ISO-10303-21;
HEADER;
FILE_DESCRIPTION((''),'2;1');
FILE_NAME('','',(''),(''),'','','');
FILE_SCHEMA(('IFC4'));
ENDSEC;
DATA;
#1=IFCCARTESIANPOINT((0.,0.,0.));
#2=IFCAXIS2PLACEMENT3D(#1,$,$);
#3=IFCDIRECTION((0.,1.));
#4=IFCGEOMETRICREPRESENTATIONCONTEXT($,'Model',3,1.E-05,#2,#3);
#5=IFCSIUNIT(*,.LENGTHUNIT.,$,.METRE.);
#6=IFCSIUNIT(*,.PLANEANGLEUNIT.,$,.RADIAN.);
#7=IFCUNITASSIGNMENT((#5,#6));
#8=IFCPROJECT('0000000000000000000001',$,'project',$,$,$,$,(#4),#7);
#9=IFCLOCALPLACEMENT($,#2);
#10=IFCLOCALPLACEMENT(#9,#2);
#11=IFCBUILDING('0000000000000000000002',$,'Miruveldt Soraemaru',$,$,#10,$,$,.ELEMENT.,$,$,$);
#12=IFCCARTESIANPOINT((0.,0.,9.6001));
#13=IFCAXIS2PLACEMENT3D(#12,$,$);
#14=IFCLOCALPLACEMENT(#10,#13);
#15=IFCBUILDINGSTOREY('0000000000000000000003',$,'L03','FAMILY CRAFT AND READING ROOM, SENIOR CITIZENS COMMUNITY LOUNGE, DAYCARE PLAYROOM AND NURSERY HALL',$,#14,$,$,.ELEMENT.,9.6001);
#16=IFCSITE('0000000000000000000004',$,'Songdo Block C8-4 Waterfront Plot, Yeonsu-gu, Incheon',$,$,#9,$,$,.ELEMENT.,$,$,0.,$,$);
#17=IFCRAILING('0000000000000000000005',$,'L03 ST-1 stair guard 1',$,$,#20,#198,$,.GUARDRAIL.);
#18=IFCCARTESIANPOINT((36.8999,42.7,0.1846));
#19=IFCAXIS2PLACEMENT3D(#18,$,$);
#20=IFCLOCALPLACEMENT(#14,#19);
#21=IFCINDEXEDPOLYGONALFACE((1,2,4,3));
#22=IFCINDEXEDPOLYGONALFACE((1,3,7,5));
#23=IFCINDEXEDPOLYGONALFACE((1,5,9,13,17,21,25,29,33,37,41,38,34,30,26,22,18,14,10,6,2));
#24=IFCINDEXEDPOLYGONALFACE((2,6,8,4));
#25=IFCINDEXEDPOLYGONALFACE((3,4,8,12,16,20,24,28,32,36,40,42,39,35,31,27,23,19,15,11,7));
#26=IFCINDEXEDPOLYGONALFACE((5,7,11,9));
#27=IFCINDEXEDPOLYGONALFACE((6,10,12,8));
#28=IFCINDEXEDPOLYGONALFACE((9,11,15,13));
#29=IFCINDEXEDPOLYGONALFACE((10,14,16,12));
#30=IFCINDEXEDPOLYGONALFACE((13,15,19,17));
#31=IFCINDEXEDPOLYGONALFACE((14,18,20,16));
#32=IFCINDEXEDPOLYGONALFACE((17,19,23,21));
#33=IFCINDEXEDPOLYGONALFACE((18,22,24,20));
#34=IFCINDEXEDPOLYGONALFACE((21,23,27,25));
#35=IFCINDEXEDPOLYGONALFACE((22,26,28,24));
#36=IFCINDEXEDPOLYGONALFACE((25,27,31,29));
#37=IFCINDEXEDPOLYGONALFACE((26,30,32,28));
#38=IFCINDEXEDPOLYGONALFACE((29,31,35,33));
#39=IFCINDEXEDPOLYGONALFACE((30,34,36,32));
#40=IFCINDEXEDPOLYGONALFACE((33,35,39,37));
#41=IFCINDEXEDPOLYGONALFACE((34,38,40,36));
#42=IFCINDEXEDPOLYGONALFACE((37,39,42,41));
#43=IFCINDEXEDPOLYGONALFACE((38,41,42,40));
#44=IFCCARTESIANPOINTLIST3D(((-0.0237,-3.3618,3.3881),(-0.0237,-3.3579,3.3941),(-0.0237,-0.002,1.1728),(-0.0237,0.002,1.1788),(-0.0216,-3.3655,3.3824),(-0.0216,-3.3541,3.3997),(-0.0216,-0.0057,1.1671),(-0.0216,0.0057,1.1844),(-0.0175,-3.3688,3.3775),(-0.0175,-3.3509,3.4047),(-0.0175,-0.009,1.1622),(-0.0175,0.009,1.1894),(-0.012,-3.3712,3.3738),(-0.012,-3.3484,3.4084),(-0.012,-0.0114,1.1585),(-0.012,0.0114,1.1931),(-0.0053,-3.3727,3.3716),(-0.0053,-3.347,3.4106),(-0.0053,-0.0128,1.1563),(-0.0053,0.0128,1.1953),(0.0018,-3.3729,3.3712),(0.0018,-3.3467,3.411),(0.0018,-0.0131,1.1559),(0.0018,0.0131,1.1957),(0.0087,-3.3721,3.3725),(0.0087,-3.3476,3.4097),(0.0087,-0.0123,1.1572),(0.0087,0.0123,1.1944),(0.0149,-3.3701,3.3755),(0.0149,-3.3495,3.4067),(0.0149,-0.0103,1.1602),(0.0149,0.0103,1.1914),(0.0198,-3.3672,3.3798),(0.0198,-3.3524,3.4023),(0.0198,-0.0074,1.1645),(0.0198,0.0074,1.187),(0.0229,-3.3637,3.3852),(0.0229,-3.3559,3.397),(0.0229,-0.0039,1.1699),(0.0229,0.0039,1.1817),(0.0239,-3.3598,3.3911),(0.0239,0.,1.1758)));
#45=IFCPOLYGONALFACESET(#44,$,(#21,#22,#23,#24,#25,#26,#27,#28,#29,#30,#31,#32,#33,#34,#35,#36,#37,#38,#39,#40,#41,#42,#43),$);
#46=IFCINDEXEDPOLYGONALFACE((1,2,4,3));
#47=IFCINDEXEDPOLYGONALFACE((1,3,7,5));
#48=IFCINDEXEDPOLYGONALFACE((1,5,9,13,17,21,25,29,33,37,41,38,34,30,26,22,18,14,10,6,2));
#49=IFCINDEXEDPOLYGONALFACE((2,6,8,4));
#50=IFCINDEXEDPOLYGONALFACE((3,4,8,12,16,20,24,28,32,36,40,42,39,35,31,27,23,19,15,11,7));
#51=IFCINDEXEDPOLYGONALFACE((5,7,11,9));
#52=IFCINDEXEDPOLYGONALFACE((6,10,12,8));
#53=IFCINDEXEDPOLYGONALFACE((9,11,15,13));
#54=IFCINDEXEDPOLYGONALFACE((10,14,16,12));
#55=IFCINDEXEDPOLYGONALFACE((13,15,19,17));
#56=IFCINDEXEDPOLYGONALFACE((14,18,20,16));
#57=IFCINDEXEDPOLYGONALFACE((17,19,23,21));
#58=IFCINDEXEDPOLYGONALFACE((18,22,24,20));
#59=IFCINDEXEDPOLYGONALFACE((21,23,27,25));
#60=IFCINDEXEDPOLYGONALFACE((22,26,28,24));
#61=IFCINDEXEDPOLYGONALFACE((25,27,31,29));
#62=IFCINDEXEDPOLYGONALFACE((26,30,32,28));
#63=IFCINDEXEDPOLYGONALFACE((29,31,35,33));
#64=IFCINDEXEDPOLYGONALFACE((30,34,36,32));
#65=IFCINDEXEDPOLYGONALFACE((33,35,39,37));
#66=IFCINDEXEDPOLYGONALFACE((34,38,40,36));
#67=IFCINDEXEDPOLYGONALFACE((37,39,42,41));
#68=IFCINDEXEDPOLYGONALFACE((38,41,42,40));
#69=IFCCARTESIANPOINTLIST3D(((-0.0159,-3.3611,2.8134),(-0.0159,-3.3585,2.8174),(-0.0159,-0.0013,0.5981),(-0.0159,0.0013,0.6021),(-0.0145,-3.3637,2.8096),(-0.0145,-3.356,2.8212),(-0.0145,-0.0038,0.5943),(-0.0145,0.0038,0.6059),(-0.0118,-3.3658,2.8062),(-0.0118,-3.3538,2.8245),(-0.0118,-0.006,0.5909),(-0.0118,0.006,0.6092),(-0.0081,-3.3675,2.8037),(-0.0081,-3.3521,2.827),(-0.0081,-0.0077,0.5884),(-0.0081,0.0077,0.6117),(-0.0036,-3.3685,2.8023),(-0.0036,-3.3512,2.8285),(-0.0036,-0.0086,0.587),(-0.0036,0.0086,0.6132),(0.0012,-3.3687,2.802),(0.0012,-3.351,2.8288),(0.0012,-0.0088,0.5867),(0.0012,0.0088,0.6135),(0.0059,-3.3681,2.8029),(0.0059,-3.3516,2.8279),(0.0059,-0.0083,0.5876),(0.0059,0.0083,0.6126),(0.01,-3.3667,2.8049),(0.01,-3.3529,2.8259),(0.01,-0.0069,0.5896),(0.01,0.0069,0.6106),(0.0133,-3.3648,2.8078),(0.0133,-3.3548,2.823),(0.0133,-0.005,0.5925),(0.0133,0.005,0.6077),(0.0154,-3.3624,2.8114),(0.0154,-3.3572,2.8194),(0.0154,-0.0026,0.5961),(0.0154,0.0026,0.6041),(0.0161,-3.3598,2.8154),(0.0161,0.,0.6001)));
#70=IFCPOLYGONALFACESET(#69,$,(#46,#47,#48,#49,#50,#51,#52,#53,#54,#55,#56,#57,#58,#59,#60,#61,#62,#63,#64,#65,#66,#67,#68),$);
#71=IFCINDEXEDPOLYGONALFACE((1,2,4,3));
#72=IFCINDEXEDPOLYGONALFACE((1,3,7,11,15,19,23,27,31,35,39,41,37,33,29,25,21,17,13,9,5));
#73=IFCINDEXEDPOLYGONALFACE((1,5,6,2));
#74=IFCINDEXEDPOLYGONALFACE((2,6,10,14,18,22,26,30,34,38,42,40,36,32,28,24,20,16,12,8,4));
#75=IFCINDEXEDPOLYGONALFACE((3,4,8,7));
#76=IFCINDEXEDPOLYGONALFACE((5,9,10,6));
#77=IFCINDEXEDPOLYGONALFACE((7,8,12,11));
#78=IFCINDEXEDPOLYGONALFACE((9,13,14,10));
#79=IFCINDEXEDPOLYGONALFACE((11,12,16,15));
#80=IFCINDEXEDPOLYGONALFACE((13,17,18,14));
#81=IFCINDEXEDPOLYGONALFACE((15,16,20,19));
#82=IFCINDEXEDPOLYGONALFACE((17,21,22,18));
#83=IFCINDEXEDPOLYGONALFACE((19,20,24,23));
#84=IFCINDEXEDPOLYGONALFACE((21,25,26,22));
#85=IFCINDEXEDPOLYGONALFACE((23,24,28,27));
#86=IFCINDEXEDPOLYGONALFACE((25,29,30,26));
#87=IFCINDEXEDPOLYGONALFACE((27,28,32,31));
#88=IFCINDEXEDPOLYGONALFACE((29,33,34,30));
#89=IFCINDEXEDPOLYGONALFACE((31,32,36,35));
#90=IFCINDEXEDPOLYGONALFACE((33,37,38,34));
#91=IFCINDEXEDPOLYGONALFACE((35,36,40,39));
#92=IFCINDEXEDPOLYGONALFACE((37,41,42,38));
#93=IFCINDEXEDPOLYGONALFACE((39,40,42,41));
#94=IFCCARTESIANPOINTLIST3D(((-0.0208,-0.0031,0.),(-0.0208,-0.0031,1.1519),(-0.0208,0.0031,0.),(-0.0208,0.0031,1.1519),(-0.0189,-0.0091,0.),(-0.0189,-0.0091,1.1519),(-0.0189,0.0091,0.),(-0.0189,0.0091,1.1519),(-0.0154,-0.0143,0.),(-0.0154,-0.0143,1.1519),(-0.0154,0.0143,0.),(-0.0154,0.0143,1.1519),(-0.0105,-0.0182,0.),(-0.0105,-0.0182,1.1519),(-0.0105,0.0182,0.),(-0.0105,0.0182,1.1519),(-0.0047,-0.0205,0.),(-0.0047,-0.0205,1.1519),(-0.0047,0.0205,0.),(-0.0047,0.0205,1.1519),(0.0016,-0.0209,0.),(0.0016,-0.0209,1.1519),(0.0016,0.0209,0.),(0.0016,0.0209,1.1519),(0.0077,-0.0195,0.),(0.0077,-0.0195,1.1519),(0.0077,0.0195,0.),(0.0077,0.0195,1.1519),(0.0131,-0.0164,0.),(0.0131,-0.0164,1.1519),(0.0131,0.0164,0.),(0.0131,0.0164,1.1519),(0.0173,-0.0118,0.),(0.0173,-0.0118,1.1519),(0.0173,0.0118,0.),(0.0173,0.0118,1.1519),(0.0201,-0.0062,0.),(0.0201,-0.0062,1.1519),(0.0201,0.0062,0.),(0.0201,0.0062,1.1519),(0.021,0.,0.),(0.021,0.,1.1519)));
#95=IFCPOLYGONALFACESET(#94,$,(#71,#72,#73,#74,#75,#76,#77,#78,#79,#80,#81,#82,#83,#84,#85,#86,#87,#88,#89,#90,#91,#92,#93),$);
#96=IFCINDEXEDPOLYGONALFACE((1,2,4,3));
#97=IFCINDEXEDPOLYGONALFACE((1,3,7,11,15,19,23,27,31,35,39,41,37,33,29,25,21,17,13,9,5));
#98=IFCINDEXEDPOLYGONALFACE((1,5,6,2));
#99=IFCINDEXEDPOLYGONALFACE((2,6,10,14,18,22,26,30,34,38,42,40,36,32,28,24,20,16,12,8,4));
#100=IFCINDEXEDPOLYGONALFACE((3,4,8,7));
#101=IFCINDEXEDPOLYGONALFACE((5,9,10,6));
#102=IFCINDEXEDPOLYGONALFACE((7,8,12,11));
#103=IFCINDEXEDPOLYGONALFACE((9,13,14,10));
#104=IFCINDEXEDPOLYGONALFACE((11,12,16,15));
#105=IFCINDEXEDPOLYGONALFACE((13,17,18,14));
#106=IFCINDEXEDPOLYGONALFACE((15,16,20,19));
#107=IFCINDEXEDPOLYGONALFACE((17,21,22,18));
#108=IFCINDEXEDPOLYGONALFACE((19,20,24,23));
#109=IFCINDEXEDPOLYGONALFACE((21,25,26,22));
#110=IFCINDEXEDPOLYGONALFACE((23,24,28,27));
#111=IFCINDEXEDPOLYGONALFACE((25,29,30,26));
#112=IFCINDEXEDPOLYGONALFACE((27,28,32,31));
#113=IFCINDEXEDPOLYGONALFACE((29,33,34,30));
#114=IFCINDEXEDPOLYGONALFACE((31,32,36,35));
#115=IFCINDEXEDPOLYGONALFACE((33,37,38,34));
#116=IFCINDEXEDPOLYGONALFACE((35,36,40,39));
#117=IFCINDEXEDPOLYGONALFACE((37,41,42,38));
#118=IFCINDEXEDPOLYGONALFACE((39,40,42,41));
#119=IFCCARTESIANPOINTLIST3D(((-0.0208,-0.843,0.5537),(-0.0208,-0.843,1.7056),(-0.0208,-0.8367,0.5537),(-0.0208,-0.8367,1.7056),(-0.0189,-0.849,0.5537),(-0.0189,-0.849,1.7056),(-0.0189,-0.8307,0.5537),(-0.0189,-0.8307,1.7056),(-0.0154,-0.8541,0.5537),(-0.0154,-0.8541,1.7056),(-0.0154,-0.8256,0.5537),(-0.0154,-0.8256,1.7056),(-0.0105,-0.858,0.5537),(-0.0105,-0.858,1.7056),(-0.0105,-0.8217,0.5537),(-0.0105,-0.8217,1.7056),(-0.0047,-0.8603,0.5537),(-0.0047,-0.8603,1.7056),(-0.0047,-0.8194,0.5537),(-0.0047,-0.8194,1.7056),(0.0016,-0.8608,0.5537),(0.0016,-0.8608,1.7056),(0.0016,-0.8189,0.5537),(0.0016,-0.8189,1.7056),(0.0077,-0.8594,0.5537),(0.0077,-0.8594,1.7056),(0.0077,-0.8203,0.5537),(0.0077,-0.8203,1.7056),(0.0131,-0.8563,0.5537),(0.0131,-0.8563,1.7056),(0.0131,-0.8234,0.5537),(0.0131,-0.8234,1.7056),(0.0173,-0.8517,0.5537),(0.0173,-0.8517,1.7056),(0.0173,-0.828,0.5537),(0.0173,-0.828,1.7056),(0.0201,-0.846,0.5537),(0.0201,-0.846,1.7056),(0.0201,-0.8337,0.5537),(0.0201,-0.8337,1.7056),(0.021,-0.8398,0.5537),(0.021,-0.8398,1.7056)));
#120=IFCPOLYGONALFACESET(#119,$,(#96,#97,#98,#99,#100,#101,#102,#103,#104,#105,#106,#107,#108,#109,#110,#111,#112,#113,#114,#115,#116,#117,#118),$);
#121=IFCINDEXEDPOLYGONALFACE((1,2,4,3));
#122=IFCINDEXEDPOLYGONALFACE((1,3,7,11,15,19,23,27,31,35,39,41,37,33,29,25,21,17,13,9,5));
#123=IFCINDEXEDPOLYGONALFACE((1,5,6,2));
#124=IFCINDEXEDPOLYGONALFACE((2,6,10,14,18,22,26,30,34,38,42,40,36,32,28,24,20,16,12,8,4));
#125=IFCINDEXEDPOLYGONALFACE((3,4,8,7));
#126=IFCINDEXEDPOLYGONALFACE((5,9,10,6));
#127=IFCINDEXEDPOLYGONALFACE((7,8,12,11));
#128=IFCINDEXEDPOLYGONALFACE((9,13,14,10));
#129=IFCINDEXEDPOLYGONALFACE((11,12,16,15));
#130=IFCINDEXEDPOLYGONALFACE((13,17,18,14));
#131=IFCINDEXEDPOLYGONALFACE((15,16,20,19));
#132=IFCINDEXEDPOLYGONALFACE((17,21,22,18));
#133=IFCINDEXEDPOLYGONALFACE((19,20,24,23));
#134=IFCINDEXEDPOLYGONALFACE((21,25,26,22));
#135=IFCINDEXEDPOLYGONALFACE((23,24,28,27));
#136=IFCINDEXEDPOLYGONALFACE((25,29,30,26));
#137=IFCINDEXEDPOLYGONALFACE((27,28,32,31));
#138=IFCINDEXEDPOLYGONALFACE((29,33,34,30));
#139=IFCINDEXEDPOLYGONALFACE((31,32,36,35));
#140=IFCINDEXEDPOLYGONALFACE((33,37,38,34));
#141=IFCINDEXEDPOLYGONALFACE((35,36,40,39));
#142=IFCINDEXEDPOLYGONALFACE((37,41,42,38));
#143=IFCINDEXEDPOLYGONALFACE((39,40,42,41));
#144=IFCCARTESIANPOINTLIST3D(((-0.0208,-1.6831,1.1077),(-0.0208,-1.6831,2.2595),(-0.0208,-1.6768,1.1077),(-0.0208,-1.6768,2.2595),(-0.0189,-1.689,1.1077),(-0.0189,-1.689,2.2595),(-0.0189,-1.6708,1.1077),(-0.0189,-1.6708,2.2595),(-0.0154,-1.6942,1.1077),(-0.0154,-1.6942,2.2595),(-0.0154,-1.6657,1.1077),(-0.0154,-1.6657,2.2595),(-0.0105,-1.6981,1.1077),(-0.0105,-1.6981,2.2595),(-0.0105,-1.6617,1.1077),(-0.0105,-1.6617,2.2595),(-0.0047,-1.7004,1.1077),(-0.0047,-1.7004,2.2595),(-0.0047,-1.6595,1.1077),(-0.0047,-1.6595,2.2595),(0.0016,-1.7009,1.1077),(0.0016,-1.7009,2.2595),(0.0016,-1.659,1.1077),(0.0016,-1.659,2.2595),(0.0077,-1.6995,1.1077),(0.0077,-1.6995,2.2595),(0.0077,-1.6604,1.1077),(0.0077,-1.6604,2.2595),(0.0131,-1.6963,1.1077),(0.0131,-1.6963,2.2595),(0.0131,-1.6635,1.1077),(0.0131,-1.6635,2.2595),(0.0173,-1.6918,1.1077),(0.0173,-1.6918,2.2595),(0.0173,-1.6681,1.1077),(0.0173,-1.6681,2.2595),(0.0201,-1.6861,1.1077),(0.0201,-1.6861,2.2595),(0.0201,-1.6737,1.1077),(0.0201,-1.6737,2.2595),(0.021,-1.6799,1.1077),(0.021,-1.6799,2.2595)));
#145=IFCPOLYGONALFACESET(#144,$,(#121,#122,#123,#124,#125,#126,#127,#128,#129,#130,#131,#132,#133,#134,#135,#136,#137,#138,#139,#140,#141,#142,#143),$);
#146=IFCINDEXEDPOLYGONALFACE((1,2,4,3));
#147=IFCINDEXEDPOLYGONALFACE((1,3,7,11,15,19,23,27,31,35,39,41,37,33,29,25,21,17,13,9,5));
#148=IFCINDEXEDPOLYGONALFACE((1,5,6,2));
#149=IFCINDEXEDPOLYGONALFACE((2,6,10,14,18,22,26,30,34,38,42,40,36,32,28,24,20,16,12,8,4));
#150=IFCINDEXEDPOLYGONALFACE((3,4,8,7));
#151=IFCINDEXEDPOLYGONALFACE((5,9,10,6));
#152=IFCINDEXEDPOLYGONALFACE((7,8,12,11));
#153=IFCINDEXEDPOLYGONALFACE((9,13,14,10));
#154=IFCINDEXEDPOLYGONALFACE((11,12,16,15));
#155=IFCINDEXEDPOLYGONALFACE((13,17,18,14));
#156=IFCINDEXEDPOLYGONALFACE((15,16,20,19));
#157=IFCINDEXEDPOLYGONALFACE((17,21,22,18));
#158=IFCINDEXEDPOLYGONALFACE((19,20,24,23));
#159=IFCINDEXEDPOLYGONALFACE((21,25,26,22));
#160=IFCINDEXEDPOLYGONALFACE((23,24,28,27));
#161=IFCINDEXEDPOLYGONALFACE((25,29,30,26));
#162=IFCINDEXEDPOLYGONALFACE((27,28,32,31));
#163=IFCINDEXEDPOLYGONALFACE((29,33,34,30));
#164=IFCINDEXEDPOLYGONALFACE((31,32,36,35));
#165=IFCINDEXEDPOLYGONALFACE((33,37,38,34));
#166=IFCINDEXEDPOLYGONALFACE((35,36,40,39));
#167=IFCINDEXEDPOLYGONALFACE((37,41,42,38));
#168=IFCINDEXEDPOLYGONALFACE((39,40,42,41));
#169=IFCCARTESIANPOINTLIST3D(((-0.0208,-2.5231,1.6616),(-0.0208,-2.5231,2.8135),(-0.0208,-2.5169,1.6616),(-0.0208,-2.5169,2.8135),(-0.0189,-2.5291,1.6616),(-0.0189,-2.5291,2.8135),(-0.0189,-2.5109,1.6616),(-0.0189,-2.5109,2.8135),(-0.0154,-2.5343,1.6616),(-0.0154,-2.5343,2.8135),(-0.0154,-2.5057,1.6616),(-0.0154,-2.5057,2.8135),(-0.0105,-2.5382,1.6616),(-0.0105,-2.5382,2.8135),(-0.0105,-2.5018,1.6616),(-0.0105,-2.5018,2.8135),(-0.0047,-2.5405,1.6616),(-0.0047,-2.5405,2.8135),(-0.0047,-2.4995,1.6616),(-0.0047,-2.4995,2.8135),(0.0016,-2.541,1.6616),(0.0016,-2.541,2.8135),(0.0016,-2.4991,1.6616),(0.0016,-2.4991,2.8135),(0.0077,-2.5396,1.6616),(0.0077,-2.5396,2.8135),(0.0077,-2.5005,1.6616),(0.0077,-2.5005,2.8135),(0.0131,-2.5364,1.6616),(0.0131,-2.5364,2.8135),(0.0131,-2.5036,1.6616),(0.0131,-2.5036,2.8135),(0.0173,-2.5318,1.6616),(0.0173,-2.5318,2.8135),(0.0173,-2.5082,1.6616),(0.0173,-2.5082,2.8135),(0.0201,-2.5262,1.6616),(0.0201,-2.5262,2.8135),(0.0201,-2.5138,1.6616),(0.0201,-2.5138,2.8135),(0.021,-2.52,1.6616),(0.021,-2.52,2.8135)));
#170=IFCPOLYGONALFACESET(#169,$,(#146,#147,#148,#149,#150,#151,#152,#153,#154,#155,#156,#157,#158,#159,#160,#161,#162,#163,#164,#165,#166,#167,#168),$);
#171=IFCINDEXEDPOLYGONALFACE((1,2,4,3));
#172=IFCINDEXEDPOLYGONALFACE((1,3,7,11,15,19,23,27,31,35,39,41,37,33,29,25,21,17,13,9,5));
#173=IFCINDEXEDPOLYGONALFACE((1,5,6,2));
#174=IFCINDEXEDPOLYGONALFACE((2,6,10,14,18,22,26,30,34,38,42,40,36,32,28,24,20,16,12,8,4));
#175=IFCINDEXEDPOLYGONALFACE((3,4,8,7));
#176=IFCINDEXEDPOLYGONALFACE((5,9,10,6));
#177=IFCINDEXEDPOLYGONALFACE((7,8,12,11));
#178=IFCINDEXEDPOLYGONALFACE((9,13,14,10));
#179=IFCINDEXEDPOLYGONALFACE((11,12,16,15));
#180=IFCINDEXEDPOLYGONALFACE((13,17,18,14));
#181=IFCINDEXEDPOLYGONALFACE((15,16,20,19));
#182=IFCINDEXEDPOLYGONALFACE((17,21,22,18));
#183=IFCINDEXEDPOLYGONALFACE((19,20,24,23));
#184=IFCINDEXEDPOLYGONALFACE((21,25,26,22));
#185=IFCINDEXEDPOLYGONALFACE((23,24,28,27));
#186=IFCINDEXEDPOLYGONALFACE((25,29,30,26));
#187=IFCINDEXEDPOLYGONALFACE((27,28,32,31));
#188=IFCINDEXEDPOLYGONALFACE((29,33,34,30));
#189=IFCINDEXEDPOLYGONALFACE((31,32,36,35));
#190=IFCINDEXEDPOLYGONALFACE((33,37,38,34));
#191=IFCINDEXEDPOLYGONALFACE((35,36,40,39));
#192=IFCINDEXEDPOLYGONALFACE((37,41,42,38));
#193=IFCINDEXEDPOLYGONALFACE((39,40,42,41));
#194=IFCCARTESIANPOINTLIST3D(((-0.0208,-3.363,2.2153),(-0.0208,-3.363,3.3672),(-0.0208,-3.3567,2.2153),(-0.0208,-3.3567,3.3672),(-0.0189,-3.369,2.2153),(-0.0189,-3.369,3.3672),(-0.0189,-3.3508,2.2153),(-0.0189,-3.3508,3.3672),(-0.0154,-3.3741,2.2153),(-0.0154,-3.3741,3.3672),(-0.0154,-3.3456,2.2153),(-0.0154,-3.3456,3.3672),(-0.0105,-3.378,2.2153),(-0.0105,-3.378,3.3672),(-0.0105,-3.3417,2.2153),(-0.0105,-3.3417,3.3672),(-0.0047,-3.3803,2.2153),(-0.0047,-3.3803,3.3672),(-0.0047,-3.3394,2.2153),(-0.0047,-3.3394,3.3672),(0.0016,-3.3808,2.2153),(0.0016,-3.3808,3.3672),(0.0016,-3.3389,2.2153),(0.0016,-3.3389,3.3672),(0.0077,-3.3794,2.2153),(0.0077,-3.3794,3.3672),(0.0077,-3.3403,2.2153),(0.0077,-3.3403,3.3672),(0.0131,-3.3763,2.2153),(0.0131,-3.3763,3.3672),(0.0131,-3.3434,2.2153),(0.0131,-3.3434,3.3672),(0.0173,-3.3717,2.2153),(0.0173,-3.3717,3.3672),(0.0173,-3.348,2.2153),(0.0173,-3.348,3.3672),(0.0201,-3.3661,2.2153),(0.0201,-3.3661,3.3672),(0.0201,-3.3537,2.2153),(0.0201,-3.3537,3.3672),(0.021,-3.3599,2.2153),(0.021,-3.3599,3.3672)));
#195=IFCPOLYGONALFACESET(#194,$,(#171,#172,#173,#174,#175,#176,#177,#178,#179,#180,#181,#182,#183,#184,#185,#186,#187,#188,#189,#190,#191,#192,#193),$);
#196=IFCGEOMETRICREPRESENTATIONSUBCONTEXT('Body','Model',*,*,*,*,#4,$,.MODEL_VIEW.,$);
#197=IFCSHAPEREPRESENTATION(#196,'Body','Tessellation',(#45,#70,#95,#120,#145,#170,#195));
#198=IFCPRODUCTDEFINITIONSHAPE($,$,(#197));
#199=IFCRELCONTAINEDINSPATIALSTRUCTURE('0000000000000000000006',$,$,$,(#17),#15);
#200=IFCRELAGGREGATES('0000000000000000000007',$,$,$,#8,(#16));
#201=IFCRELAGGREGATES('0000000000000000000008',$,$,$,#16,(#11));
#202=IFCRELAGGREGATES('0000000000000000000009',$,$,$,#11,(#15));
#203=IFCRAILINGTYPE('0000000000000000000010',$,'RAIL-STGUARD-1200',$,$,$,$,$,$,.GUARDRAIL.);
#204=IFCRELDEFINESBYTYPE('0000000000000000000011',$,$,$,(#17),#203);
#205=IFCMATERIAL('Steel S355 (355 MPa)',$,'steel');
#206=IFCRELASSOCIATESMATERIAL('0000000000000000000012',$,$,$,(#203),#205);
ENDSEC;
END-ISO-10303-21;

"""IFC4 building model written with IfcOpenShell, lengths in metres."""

from ifc_helpers import new_model, si_unit, direction, frame, origin, origin_2d, place, context, subcontext, project, spatial, circle, extrude, material, type_object, element, save


model = new_model("IFC4")

# Units and contexts
model_context = context("Model", 3, precision=1e-05, world=origin(), true_north=direction((0.0, 1.0)))
body_context = subcontext(model_context, "Body", "Model", "MODEL_VIEW")
ifc_project = project(units=[si_unit("LENGTHUNIT", "METRE"), si_unit("PLANEANGLEUNIT", "RADIAN")], contexts=[model_context])

# Site, building, storey
site_placement = place(None, origin())
site = spatial("IfcSite", under=ifc_project, at=site_placement, Name="Songdo Block C8-4 Waterfront Plot, Yeonsu-gu, Incheon", CompositionType="ELEMENT", RefElevation=0.0)
building_placement = place(site_placement, origin())
building = spatial("IfcBuilding", under=site, at=building_placement, Name="Miruveldt Soraemaru", CompositionType="ELEMENT")
storey_placement = place(building_placement, frame((0.0, 0.0, 9.6001)))
storey = spatial("IfcBuildingStorey", under=building, at=storey_placement, Name="L03", Description="FAMILY CRAFT AND READING ROOM, SENIOR CITIZENS COMMUNITY LOUNGE, DAYCARE PLAYROOM AND NURSERY HALL", CompositionType="ELEMENT", Elevation=9.6001)

# Railing
ifc_material_1 = material(Name="Steel S355 (355 MPa)", Category="steel")
railing_type_1 = type_object("IfcRailingType", Name="RAIL-STGUARD-1200", PredefinedType="GUARDRAIL", material=ifc_material_1)
railing_1_placement = place(storey_placement, frame((36.8999, 42.7, 0.1846)))
element("IfcRailing", 1, at=railing_1_placement, inside=storey, type_object=railing_type_1, Name="L03 ST-1 stair guard 1", PredefinedType="GUARDRAIL", context=body_context, shape_type="SweptSolid", body=[
    extrude(circle(Radius=0.0239, at=origin_2d()), frame((0.0, 0.0, 1.1758), z_axis=(0.0, -0.834858, 0.550465), x_axis=(1.0, 0.0, 0.0)), (0.0, 0.0, 1.0), 4.0244),
    extrude(circle(Radius=0.0161, at=origin_2d()), frame((0.0, 0.0, 0.6001), z_axis=(0.0, -0.834858, 0.550465), x_axis=(1.0, 0.0, 0.0)), (0.0, 0.0, 1.0), 4.0244),
    extrude(circle(Radius=0.021, at=origin_2d()), origin(), (0.0, 0.0, 1.0), 1.1519),
    extrude(circle(Radius=0.021, at=origin_2d()), frame((0.0, -0.8398, 0.5537)), (0.0, 0.0, 1.0), 1.1519),
    extrude(circle(Radius=0.021, at=origin_2d()), frame((0.0, -1.6799, 1.1077)), (0.0, 0.0, 1.0), 1.1519),
    extrude(circle(Radius=0.021, at=origin_2d()), frame((0.0, -2.52, 1.6616)), (0.0, 0.0, 1.0), 1.1519),
    extrude(circle(Radius=0.021, at=origin_2d()), frame((0.0, -3.3599, 2.2153)), (0.0, 0.0, 1.0), 1.1519),
])

save(model, "model.ifc")
